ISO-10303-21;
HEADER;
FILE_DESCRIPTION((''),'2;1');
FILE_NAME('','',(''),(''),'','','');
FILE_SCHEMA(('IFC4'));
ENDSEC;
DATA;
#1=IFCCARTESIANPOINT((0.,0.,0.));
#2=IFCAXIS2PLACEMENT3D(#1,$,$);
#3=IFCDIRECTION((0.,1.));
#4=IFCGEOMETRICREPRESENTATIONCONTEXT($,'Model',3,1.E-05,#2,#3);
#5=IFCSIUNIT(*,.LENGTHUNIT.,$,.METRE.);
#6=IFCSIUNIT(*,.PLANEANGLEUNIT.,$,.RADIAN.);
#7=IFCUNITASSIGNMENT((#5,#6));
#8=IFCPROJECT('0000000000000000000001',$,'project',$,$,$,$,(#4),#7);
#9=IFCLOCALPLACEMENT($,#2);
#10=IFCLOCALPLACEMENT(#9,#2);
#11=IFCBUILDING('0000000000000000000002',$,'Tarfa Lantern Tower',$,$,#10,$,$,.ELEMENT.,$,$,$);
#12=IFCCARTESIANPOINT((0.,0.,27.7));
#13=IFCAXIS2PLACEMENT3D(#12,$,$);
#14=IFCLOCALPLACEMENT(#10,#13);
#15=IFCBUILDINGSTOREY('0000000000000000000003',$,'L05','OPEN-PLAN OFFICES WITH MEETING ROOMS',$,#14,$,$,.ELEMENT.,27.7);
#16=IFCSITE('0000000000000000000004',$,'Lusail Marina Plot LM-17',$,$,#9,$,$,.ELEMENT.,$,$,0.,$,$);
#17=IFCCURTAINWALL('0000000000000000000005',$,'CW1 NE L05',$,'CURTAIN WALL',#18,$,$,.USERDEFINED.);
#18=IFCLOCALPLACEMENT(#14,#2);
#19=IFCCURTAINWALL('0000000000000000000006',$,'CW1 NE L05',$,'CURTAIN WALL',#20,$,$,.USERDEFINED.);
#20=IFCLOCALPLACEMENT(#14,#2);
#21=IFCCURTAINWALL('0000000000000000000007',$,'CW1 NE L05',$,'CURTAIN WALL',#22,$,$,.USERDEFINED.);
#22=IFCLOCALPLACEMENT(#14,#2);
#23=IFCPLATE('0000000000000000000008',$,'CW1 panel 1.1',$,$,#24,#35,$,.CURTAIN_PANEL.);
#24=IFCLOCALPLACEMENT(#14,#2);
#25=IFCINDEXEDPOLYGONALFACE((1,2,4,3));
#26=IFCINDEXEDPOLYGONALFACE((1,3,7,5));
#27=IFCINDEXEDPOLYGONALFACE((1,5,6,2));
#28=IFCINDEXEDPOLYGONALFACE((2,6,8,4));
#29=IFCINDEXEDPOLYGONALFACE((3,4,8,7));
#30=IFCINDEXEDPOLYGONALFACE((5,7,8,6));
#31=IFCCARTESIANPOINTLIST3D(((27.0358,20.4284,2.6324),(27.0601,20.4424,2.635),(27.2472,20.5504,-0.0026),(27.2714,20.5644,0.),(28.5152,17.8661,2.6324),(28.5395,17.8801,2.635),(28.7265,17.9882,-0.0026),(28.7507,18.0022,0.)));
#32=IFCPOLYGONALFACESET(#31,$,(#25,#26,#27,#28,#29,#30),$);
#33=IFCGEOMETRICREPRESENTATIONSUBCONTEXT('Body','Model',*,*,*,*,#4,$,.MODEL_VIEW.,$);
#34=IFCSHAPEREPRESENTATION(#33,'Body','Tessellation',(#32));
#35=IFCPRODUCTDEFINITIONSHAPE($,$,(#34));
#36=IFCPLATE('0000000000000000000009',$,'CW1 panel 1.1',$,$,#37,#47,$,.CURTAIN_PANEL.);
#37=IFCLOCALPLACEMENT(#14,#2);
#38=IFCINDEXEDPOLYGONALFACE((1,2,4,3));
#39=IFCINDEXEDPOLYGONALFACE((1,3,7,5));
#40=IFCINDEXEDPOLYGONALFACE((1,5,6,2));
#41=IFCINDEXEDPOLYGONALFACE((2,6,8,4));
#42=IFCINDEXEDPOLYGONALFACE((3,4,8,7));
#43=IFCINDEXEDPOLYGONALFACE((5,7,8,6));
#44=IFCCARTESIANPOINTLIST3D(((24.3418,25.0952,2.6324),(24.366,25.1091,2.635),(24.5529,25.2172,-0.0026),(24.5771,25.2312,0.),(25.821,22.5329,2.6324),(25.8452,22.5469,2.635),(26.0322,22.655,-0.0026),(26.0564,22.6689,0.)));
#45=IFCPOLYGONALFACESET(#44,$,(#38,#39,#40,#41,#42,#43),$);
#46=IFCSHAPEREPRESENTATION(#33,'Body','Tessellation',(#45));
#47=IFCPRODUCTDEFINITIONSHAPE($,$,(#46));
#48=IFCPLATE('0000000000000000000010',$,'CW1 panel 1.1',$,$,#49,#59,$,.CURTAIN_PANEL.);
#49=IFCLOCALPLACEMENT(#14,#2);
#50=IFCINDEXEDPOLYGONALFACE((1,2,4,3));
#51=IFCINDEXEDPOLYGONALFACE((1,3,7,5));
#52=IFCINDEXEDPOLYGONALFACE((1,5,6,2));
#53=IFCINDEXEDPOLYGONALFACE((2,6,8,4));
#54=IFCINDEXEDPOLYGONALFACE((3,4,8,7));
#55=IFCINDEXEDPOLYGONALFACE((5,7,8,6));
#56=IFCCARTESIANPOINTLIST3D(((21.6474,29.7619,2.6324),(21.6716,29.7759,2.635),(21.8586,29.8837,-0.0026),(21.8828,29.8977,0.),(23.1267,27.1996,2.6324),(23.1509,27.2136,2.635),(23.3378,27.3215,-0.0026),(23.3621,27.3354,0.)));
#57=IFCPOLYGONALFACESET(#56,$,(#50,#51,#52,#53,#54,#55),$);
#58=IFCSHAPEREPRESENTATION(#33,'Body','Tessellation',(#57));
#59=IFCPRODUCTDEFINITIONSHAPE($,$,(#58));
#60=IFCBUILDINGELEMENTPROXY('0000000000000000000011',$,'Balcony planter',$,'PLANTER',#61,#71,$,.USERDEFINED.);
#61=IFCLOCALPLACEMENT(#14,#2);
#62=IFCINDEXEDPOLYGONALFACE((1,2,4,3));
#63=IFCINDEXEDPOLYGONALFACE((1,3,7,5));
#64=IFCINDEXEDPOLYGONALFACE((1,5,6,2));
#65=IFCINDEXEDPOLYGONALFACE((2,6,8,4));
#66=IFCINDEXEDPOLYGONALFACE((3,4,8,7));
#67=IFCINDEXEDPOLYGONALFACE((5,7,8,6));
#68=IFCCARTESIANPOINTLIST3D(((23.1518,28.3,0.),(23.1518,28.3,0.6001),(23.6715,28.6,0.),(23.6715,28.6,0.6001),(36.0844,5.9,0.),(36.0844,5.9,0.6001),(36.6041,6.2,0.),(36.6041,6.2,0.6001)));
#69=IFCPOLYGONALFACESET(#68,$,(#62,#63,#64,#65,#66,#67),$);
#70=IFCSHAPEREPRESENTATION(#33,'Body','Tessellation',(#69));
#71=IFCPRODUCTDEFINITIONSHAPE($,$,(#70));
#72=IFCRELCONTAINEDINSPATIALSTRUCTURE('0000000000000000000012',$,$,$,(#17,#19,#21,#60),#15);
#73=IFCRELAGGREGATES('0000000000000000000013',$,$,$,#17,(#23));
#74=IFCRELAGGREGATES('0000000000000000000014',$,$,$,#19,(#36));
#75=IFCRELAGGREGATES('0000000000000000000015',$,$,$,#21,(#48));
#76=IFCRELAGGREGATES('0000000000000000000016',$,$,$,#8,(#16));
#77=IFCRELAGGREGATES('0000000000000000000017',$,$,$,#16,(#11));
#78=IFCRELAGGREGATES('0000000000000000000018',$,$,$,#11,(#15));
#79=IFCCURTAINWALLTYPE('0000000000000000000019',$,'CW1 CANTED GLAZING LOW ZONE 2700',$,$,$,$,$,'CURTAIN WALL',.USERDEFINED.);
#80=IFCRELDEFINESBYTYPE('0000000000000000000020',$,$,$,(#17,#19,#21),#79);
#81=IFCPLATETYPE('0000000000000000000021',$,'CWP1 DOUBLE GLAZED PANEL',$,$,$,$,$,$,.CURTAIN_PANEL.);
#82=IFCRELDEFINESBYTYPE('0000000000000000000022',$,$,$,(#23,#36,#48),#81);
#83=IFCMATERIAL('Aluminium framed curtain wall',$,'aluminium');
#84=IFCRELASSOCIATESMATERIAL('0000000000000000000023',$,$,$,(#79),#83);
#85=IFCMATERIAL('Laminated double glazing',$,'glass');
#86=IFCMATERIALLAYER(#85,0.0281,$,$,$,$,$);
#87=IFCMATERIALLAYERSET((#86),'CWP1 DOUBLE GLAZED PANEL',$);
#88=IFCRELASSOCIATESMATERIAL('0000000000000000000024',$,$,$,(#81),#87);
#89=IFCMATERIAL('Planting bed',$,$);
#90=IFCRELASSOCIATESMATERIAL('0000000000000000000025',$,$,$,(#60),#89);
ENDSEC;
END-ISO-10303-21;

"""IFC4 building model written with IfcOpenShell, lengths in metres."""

from ifc_helpers import new_model, si_unit, direction, frame, origin, origin_2d, place, context, subcontext, project, spatial, polyline, rectangle, outline, extrude, material, layer, layer_set, type_object, element, aggregate, save


model = new_model("IFC4")

# Units and contexts
model_context = context("Model", 3, precision=1e-05, world=origin(), true_north=direction((0.0, 1.0)))
body_context = subcontext(model_context, "Body", "Model", "MODEL_VIEW")
ifc_project = project(units=[si_unit("LENGTHUNIT", "METRE"), si_unit("PLANEANGLEUNIT", "RADIAN")], contexts=[model_context])

# Site, building, storey
site_placement = place(None, origin())
site = spatial("IfcSite", under=ifc_project, at=site_placement, Name="Lusail Marina Plot LM-17", CompositionType="ELEMENT", RefElevation=0.0)
building_placement = place(site_placement, origin())
building = spatial("IfcBuilding", under=site, at=building_placement, Name="Tarfa Lantern Tower", CompositionType="ELEMENT")
storey_placement = place(building_placement, frame((0.0, 0.0, 27.7)))
storey = spatial("IfcBuildingStorey", under=building, at=storey_placement, Name="L05", Description="OPEN-PLAN OFFICES WITH MEETING ROOMS", CompositionType="ELEMENT", Elevation=27.7)

# Curtain walls
ifc_material_1 = material(Name="Aluminium framed curtain wall", Category="aluminium")
curtain_wall_type = type_object("IfcCurtainWallType", Name="CW1 CANTED GLAZING LOW ZONE 2700", ElementType="CURTAIN WALL", PredefinedType="USERDEFINED", material=ifc_material_1)
curtain_wall_1_placement = place(storey_placement, origin())
curtain_wall_1 = element("IfcCurtainWall", 1, at=curtain_wall_1_placement, inside=storey, type_object=curtain_wall_type, Name="CW1 NE L05", ObjectType="CURTAIN WALL", PredefinedType="USERDEFINED")
curtain_wall_2_placement = place(storey_placement, origin())
curtain_wall_2 = element("IfcCurtainWall", 2, at=curtain_wall_2_placement, inside=storey, type_object=curtain_wall_type, Name="CW1 NE L05", ObjectType="CURTAIN WALL", PredefinedType="USERDEFINED")
curtain_wall_3_placement = place(storey_placement, origin())
curtain_wall_3 = element("IfcCurtainWall", 3, at=curtain_wall_3_placement, inside=storey, type_object=curtain_wall_type, Name="CW1 NE L05", ObjectType="CURTAIN WALL", PredefinedType="USERDEFINED")

# Plates
ifc_material_2 = material(Name="Laminated double glazing", Category="glass")
ifc_layer = layer(ifc_material_2, 0.0281)
ifc_layer_set = layer_set([ifc_layer], Name="CWP1 DOUBLE GLAZED PANEL")
plate_type = type_object("IfcPlateType", Name="CWP1 DOUBLE GLAZED PANEL", PredefinedType="CURTAIN_PANEL", material=ifc_layer_set)
plate_1_placement = place(storey_placement, frame((28.7507, 18.0022, 0.0), z_axis=(0.862328, 0.497882, 0.092216), x_axis=(-0.500013, 0.866018, -0.000003)))
plate_1 = element("IfcPlate", 4, at=plate_1_placement, type_object=plate_type, Name="CW1 panel 1.1", PredefinedType="CURTAIN_PANEL", context=body_context, shape_type="SweptSolid", body=[
    extrude(outline(polyline([(0.0, 0.0), (2.9586, 0.0), (2.9586, 2.6463), (-0.0001, 2.6463), (0.0, 0.0)])), origin(), (0.0, 0.0, -1.0), 0.0281),
])
aggregate(curtain_wall_1, [plate_1])
plate_2_placement = place(storey_placement, frame((26.0564, 22.6689, 0.0), z_axis=(0.862349, 0.497853, 0.092176), x_axis=(-0.499982, 0.866036, 0.0)))
plate_2 = element("IfcPlate", 5, at=plate_2_placement, type_object=plate_type, Name="CW1 panel 1.1", PredefinedType="CURTAIN_PANEL", context=body_context, shape_type="SweptSolid", body=[
    extrude(outline(polyline([(0.0, 0.0), (2.9586, 0.0), (2.9585, 2.6463), (-0.0001, 2.6463), (0.0, 0.0)])), origin(), (0.0, 0.0, -1.0), 0.0281),
])
aggregate(curtain_wall_2, [plate_2])
plate_3_placement = place(storey_placement, frame((23.3621, 27.3354, 0.0), z_axis=(0.862353, 0.497856, 0.092131), x_axis=(-0.499982, 0.866036, 0.0)))
plate_3 = element("IfcPlate", 6, at=plate_3_placement, type_object=plate_type, Name="CW1 panel 1.1", PredefinedType="CURTAIN_PANEL", context=body_context, shape_type="SweptSolid", body=[
    extrude(outline(polyline([(0.0, 0.0), (2.9586, 0.0), (2.9587, 2.6463), (0.0001, 2.6463), (0.0, 0.0)])), origin(), (0.0, 0.0, -1.0), 0.0281),
])
aggregate(curtain_wall_3, [plate_3])

# Building element proxy
ifc_material_3 = material(Name="Planting bed")
proxy_placement = place(storey_placement, frame((29.8779, 17.25, 0.0), z_axis=(0.0, 0.0, 1.0), x_axis=(-0.5, 0.866025, 0.0)))
element("IfcBuildingElementProxy", 7, at=proxy_placement, inside=storey, material=ifc_material_3, Name="Balcony planter", ObjectType="PLANTER", PredefinedType="USERDEFINED", context=body_context, shape_type="SweptSolid", body=[
    extrude(rectangle(XDim=25.8652, YDim=0.6001, at=origin_2d()), origin(), (0.0, 0.0, 1.0), 0.6001),
])

save(model, "model.ifc")
